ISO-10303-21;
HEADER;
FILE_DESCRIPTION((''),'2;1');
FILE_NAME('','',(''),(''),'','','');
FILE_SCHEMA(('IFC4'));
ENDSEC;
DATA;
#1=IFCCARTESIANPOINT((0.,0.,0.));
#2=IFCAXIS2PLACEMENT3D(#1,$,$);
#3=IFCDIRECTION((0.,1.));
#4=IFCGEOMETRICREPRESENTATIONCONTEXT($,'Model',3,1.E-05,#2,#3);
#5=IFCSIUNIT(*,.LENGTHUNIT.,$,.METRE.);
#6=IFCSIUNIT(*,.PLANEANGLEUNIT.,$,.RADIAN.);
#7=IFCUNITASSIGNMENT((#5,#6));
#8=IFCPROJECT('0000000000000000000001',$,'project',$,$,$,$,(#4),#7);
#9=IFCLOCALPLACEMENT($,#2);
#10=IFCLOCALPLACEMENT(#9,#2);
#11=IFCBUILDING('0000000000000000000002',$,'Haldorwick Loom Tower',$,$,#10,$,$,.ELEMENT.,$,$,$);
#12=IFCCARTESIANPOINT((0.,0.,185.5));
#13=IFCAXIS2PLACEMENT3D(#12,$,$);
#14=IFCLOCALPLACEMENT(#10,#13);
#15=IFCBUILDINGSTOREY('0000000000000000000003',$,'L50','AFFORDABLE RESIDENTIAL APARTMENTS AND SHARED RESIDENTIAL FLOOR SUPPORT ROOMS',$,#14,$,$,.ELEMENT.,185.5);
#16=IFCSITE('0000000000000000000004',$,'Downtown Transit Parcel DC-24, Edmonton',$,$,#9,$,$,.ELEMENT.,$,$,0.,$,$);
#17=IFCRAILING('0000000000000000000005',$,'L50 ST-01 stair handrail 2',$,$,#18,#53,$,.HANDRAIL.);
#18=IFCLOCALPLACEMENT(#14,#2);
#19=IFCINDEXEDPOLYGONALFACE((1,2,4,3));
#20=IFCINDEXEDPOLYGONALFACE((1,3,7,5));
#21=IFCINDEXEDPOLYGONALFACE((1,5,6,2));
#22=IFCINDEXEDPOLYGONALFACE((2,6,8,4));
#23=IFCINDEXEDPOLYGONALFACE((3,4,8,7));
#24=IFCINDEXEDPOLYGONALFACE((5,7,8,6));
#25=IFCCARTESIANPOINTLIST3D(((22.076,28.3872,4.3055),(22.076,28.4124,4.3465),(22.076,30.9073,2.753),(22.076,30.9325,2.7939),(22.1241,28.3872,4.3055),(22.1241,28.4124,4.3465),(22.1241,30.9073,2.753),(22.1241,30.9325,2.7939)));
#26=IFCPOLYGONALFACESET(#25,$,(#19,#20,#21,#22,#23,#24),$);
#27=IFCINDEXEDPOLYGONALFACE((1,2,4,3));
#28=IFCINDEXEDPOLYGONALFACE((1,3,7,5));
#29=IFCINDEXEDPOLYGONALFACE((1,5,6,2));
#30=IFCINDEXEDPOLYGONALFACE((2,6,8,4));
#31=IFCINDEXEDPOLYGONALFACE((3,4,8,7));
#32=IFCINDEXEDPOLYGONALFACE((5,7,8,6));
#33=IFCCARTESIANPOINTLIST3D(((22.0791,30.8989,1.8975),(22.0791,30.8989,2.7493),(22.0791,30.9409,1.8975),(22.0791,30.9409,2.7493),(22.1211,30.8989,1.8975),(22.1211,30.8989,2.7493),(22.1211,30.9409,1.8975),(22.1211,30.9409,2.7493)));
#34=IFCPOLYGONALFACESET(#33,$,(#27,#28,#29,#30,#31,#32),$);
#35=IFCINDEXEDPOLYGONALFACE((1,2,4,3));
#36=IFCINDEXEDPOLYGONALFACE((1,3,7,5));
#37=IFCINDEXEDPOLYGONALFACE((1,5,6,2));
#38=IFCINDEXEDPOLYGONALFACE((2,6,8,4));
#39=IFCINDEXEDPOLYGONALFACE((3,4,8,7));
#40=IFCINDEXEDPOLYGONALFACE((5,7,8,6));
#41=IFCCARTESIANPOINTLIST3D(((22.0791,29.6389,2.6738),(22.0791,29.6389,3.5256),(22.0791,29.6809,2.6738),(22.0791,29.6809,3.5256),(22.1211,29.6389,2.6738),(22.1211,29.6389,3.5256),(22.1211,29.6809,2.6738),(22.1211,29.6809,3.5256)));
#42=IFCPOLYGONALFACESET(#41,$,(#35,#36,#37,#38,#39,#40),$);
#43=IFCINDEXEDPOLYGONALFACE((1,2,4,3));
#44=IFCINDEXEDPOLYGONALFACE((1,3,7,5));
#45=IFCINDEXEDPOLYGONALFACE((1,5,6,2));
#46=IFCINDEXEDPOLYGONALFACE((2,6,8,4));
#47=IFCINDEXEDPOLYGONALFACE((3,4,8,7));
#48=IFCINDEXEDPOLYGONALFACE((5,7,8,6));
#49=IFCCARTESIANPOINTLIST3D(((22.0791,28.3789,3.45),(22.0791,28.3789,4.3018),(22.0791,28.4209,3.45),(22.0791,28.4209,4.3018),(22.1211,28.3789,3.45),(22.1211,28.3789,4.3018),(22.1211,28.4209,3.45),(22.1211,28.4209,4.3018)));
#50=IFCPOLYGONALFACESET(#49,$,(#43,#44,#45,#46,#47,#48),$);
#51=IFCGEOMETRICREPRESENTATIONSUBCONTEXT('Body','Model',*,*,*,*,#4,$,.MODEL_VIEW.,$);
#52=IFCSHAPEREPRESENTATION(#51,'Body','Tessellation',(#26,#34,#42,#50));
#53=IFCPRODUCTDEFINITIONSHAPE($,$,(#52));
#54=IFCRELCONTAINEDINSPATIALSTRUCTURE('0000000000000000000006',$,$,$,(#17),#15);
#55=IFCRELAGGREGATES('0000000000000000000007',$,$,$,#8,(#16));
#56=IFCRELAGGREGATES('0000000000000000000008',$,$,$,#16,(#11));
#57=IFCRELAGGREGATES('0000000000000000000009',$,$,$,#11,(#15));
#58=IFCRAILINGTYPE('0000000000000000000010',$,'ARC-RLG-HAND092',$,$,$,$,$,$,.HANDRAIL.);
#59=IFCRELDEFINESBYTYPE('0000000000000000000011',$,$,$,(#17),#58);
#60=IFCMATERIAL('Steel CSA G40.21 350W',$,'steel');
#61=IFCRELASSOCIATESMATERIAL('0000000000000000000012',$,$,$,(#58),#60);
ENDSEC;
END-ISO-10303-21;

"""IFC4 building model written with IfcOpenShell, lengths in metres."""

from ifc_helpers import new_model, si_unit, direction, frame, origin, origin_2d, place, context, subcontext, project, spatial, rectangle, extrude, material, type_object, element, save


model = new_model("IFC4")

# Units and contexts
model_context = context("Model", 3, precision=1e-05, world=origin(), true_north=direction((0.0, 1.0)))
body_context = subcontext(model_context, "Body", "Model", "MODEL_VIEW")
ifc_project = project(units=[si_unit("LENGTHUNIT", "METRE"), si_unit("PLANEANGLEUNIT", "RADIAN")], contexts=[model_context])

# Site, building, storey
site_placement = place(None, origin())
site = spatial("IfcSite", under=ifc_project, at=site_placement, Name="Downtown Transit Parcel DC-24, Edmonton", CompositionType="ELEMENT", RefElevation=0.0)
building_placement = place(site_placement, origin())
building = spatial("IfcBuilding", under=site, at=building_placement, Name="Haldorwick Loom Tower", CompositionType="ELEMENT")
storey_placement = place(building_placement, frame((0.0, 0.0, 185.5)))
storey = spatial("IfcBuildingStorey", under=building, at=storey_placement, Name="L50", Description="AFFORDABLE RESIDENTIAL APARTMENTS AND SHARED RESIDENTIAL FLOOR SUPPORT ROOMS", CompositionType="ELEMENT", Elevation=185.5)

# Shared definitions
ifc_material_1 = material(Name="Steel CSA G40.21 350W", Category="steel")

# Railing
railing_type_1 = type_object("IfcRailingType", Name="ARC-RLG-HAND092", PredefinedType="HANDRAIL", material=ifc_material_1)
railing_1_placement = place(storey_placement, frame((22.1001, 30.9199, 1.8975)))
element("IfcRailing", 1, at=railing_1_placement, inside=storey, type_object=railing_type_1, Name="L50 ST-01 stair handrail 2", PredefinedType="HANDRAIL", context=body_context, shape_type="SweptSolid", body=[
    extrude(rectangle(XDim=0.0481, YDim=0.0481, at=origin_2d()), frame((0.0, 0.0, 0.876), z_axis=(0.0, -0.8514, 0.524516), x_axis=(1.0, 0.0, 0.0)), (0.0, 0.0, 1.0), 2.96),
    extrude(rectangle(XDim=0.042, YDim=0.042, at=origin_2d()), origin(), (0.0, 0.0, 1.0), 0.8518),
    extrude(rectangle(XDim=0.042, YDim=0.042, at=origin_2d()), frame((0.0, -1.26, 0.7764)), (0.0, 0.0, 1.0), 0.8518),
    extrude(rectangle(XDim=0.042, YDim=0.042, at=origin_2d()), frame((0.0, -2.52, 1.5525)), (0.0, 0.0, 1.0), 0.8518),
])

save(model, "model.ifc")
